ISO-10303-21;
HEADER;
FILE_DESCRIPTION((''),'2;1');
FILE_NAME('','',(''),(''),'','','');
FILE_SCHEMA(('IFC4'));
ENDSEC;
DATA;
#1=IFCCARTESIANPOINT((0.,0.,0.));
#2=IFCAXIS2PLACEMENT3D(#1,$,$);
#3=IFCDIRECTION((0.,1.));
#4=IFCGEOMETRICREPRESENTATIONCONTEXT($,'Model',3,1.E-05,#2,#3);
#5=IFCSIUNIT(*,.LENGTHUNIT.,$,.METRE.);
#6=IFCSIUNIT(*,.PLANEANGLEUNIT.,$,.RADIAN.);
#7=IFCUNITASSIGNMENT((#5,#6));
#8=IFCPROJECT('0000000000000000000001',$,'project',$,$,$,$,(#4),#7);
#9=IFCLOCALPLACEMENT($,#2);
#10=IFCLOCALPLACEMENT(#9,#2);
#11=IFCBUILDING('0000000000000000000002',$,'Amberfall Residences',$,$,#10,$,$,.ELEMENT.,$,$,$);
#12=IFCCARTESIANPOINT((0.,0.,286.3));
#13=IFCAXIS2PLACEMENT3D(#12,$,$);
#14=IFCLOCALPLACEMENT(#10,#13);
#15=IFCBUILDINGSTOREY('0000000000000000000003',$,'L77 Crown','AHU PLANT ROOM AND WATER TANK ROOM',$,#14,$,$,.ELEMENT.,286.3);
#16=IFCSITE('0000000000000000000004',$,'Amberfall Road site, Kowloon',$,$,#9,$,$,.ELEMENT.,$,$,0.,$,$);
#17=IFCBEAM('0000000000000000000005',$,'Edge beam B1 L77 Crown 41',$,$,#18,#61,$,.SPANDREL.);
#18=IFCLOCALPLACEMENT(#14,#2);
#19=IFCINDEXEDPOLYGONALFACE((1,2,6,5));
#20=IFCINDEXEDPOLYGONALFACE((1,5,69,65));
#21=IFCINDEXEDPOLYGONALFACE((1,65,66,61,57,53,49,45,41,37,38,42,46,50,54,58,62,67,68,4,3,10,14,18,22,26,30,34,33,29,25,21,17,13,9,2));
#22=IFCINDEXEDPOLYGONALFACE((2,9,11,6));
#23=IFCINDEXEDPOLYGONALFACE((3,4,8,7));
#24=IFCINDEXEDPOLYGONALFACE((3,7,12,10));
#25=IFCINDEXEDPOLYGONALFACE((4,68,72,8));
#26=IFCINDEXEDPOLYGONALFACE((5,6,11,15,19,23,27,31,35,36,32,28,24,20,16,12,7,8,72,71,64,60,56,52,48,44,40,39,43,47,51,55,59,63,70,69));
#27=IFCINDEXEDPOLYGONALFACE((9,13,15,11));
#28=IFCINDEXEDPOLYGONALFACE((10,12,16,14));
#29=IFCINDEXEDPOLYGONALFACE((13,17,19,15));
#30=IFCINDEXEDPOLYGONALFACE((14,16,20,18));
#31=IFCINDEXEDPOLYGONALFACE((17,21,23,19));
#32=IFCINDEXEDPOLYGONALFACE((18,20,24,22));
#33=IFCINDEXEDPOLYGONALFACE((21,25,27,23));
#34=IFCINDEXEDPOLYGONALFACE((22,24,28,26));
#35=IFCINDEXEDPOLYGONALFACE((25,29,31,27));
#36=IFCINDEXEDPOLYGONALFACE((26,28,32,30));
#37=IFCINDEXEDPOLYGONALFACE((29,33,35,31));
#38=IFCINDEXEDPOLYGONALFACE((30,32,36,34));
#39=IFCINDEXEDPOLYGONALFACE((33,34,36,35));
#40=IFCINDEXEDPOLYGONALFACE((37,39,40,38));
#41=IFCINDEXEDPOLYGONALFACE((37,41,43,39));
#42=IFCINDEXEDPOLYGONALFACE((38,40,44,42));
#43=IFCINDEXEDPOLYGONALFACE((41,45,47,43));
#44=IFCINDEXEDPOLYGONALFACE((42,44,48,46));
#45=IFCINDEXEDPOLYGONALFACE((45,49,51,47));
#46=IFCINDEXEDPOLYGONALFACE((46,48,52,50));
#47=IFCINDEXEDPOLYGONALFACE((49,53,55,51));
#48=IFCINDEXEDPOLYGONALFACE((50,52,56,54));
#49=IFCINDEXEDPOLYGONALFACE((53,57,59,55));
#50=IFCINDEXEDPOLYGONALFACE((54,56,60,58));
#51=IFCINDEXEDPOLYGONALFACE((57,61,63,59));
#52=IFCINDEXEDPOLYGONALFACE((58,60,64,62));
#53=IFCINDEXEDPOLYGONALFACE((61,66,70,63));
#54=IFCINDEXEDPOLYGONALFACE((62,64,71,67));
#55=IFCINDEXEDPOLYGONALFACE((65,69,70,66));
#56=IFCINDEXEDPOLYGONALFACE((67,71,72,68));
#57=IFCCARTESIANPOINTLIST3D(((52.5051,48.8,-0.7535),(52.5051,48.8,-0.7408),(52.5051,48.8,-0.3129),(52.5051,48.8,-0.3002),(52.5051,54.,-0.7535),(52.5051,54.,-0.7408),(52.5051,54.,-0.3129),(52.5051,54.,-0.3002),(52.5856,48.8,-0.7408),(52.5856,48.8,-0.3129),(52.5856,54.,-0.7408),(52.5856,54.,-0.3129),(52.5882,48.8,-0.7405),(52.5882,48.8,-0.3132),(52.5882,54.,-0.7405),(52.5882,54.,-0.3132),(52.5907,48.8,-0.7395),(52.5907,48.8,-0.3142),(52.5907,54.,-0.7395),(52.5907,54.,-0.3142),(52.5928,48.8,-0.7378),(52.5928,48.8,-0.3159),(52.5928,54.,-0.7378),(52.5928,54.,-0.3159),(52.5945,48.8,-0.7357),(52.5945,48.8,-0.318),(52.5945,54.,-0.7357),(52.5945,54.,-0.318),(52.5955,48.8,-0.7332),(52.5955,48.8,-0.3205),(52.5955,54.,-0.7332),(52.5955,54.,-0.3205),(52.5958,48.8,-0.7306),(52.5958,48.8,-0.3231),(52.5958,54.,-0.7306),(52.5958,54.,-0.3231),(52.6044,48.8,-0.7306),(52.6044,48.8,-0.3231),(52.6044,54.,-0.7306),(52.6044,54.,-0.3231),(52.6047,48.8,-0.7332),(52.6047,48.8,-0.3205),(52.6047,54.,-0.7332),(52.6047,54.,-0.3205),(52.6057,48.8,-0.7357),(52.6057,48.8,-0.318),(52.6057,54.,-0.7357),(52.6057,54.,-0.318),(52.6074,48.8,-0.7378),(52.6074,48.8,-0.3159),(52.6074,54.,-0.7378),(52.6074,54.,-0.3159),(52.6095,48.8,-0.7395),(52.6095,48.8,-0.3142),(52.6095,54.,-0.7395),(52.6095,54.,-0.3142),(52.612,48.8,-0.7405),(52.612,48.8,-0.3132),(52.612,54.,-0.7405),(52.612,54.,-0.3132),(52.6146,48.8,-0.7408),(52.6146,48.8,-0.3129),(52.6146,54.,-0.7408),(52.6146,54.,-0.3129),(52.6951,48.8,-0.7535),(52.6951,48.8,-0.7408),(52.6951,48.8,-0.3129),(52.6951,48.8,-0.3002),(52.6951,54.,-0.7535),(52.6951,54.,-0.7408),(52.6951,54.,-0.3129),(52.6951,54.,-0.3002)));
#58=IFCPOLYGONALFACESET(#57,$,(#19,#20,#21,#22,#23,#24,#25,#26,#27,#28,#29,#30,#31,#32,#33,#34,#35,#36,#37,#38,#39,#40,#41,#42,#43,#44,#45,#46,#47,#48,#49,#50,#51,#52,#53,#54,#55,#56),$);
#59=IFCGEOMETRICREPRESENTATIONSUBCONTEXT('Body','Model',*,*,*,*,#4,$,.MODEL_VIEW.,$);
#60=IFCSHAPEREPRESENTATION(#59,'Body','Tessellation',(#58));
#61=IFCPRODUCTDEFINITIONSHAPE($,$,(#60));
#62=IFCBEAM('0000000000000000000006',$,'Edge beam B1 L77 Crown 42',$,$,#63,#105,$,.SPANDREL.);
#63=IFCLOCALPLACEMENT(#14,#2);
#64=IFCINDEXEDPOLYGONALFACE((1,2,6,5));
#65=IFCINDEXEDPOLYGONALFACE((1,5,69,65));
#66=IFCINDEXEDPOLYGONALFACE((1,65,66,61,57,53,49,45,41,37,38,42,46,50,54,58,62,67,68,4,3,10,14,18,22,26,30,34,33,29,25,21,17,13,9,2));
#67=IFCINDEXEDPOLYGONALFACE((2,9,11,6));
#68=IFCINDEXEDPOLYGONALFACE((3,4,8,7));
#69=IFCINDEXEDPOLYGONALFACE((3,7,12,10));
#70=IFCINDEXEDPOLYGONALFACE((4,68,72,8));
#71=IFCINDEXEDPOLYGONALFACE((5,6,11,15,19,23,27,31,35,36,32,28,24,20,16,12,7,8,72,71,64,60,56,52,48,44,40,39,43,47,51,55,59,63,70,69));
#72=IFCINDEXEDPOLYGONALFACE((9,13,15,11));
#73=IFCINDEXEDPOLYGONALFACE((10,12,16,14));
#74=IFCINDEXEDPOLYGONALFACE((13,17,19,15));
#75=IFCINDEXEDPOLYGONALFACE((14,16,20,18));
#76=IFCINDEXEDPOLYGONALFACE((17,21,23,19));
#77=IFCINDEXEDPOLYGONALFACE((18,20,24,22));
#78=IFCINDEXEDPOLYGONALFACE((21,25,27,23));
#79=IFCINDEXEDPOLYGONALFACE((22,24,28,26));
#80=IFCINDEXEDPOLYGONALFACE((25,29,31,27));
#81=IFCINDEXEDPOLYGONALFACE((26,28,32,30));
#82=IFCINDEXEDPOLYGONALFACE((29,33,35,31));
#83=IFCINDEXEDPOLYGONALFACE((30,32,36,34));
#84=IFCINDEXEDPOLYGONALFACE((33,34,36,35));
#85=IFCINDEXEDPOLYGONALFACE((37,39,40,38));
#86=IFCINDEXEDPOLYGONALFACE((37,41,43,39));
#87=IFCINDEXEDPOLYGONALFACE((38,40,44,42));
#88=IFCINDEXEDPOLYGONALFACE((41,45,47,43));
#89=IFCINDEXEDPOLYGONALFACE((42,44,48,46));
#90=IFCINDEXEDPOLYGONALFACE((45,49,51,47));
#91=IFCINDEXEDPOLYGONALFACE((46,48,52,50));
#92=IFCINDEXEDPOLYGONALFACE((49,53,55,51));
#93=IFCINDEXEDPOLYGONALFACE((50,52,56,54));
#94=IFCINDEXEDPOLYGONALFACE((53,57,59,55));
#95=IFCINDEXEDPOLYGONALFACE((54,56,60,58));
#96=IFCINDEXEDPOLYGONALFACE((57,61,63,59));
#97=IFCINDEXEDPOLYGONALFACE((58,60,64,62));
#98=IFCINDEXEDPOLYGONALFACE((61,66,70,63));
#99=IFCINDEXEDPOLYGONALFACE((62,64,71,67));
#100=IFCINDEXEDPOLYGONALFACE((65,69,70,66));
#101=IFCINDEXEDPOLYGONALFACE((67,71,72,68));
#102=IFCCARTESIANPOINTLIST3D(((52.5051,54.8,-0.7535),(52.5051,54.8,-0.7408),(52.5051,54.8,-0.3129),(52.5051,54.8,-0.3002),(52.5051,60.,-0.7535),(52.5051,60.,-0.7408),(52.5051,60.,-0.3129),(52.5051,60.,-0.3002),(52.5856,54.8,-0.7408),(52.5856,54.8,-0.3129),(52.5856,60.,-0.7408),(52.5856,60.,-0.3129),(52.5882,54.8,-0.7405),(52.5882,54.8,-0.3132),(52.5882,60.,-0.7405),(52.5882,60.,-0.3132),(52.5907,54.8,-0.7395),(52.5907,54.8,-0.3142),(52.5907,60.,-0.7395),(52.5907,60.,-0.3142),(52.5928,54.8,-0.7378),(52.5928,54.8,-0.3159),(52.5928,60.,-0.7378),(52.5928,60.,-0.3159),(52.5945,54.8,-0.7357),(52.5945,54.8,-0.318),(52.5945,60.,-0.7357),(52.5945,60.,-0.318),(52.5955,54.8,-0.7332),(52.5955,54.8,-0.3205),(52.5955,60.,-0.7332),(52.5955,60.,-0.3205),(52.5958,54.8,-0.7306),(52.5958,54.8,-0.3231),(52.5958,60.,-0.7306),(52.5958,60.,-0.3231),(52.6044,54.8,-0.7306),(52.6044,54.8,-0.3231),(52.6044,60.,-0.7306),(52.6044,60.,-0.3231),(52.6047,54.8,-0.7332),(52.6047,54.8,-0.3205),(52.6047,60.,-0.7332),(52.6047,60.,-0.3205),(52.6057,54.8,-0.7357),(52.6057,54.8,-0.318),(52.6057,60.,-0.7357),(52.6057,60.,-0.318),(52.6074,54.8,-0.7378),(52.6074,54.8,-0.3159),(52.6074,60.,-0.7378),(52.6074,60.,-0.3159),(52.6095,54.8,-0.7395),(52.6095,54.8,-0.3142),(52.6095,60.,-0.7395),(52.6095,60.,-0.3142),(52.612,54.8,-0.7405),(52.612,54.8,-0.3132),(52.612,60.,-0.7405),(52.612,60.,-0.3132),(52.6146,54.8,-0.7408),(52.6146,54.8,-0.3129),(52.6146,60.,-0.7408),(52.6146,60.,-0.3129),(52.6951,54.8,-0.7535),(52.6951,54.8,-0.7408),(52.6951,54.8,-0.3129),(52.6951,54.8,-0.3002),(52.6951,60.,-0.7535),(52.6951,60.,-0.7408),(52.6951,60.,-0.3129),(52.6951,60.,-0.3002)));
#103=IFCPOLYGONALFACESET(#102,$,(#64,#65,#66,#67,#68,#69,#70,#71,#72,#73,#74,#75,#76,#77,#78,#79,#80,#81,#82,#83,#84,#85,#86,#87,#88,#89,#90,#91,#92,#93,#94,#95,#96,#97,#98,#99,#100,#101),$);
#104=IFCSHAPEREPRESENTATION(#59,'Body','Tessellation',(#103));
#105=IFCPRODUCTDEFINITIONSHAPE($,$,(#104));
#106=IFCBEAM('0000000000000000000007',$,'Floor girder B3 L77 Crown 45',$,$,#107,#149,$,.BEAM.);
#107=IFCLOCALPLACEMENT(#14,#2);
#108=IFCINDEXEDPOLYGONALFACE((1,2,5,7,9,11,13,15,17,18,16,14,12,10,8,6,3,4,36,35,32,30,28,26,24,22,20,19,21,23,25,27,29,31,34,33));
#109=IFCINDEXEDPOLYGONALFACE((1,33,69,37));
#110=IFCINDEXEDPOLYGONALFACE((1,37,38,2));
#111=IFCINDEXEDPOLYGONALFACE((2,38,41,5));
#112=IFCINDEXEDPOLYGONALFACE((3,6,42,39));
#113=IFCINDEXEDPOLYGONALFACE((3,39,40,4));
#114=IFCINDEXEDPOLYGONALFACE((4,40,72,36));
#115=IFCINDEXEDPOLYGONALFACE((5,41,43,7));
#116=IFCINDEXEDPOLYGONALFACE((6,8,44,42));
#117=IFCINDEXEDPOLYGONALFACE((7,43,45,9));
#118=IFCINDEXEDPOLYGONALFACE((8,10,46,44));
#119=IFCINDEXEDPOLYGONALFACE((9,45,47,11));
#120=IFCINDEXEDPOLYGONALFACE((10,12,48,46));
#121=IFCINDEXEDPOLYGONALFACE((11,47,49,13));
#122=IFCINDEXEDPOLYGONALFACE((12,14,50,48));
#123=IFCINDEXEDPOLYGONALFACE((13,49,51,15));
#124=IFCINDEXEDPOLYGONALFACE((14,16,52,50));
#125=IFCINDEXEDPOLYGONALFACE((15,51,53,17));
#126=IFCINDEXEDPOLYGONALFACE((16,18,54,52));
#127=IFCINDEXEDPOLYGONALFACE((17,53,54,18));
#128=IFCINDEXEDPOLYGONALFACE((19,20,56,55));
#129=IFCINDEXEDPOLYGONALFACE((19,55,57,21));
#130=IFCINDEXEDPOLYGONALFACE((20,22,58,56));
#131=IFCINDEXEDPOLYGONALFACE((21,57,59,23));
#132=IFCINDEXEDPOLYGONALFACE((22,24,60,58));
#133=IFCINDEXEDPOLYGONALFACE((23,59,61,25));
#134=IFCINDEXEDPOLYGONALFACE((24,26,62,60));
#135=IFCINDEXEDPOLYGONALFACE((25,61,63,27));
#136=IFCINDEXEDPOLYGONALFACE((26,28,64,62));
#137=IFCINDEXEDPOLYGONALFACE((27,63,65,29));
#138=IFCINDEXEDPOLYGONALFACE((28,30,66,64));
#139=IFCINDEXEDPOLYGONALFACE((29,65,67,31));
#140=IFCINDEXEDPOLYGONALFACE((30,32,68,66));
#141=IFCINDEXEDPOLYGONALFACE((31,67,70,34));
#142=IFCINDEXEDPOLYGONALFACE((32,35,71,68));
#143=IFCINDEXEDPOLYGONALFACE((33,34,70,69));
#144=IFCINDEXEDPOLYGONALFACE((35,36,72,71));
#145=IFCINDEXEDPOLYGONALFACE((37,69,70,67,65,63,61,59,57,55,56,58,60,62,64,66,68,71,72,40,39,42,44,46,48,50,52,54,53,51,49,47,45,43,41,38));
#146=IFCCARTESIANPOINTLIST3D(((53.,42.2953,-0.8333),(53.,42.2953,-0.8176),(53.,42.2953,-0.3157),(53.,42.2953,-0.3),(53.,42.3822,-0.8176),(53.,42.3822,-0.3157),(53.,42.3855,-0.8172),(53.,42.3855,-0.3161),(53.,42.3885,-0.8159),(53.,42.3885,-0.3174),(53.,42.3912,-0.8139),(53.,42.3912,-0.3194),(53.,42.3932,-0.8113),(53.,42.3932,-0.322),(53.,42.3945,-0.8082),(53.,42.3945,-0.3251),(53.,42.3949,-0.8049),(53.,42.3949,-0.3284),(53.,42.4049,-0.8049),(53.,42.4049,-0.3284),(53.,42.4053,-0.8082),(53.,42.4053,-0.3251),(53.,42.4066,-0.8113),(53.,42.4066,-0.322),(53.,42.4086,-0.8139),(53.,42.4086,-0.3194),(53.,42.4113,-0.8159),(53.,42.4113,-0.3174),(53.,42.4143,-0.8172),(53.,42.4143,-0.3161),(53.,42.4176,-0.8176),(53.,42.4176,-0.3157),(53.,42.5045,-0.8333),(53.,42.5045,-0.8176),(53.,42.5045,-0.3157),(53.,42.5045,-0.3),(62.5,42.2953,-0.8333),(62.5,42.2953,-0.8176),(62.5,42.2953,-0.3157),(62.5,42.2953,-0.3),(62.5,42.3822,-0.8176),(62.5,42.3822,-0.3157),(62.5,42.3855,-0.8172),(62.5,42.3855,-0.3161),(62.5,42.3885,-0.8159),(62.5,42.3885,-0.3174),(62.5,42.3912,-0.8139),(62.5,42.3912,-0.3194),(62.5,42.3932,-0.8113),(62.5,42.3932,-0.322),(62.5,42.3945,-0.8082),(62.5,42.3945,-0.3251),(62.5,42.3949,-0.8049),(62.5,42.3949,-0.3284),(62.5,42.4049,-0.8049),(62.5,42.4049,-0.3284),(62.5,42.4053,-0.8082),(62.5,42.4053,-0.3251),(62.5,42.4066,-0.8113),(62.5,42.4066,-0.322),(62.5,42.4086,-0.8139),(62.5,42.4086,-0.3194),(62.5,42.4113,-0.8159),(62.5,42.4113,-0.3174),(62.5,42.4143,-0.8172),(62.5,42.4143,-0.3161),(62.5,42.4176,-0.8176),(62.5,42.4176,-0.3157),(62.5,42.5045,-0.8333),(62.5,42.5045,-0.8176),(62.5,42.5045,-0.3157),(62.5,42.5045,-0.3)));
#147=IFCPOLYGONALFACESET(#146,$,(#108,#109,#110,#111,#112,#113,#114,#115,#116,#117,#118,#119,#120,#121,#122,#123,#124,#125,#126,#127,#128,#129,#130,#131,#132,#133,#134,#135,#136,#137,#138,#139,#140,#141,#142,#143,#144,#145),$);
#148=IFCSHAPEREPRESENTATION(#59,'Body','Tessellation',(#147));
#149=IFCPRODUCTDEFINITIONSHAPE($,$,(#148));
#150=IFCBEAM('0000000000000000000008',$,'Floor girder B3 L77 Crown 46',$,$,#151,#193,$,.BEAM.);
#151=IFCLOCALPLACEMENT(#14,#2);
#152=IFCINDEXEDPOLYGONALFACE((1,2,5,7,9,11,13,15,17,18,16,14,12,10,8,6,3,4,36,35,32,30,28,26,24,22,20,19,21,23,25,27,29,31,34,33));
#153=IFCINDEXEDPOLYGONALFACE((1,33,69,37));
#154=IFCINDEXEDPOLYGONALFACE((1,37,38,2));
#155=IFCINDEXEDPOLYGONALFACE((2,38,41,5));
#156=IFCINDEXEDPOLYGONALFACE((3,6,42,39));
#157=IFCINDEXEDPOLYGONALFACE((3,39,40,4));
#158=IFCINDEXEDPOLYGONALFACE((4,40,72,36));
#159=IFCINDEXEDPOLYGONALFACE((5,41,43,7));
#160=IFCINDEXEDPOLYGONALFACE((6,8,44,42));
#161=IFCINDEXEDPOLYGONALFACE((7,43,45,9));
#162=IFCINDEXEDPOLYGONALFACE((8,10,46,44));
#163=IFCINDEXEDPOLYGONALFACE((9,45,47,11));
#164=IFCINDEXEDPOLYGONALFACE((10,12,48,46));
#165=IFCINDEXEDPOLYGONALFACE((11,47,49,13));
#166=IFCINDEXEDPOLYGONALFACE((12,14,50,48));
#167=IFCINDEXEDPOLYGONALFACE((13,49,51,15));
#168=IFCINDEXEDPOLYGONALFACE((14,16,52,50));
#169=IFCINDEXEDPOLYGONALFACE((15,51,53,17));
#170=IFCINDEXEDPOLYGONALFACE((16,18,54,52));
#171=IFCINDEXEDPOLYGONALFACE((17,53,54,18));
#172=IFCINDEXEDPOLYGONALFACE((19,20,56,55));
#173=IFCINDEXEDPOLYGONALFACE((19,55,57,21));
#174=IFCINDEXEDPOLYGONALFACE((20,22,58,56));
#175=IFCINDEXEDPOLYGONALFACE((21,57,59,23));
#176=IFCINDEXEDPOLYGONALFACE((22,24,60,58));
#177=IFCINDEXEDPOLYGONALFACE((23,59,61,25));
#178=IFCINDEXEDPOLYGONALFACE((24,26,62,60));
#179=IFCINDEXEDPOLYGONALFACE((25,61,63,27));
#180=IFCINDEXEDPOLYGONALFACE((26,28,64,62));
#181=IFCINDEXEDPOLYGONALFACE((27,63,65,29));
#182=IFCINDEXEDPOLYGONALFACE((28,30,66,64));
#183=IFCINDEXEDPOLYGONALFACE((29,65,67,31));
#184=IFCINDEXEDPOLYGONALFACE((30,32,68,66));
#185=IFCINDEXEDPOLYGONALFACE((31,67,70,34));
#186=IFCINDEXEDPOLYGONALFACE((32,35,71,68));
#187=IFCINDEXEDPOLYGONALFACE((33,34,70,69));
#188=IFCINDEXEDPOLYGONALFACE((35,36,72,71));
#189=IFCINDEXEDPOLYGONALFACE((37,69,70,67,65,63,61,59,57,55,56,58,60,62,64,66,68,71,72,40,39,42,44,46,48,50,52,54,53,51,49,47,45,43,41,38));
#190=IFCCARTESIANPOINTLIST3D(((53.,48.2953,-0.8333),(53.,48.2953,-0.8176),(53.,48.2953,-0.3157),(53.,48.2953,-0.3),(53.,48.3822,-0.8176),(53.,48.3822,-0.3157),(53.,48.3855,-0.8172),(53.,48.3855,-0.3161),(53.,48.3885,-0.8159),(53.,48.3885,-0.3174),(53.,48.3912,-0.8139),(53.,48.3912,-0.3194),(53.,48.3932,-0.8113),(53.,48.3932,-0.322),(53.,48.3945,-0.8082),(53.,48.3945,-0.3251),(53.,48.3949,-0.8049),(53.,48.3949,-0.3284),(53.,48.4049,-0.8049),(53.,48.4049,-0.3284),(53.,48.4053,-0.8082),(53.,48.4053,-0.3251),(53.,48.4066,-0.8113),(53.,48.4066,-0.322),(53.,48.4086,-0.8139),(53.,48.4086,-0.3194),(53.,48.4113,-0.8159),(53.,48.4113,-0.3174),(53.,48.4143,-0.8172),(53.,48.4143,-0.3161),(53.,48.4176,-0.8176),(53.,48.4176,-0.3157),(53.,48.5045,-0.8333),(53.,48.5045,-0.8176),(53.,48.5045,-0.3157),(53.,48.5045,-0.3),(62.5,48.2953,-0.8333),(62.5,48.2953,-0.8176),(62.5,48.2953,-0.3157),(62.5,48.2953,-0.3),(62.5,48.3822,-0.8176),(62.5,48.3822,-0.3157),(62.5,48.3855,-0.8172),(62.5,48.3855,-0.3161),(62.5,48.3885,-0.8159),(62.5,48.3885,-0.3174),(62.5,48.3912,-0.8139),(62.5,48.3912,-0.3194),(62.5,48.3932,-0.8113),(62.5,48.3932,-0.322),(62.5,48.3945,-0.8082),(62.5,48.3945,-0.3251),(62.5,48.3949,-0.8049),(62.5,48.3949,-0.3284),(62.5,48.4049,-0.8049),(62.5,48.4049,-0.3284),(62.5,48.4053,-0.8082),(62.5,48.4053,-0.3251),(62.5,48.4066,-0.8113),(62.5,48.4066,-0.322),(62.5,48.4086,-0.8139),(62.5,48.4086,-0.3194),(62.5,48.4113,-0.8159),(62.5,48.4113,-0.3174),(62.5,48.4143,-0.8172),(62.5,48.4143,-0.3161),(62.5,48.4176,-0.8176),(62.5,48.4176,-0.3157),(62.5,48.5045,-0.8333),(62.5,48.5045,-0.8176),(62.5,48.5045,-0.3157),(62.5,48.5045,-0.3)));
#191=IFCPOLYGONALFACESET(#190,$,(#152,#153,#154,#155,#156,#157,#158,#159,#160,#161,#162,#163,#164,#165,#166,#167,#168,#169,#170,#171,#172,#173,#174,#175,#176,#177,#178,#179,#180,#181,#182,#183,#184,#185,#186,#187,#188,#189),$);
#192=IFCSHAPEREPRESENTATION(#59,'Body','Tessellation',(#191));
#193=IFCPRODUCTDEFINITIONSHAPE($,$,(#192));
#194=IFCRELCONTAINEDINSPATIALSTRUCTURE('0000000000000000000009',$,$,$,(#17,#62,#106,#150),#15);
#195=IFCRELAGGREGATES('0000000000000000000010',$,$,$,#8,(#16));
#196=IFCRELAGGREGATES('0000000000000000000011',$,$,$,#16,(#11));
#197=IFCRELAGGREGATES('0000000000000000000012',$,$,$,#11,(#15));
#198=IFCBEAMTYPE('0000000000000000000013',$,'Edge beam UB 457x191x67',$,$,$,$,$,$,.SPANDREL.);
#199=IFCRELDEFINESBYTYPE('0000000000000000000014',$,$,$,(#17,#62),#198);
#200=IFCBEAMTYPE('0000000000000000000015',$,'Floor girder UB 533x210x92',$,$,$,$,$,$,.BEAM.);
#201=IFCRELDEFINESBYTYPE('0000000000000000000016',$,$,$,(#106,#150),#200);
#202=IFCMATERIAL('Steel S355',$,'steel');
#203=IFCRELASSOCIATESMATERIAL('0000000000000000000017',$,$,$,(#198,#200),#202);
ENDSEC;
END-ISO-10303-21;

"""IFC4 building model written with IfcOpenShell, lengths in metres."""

from ifc_helpers import new_model, si_unit, direction, frame, origin, origin_2d, place, context, subcontext, project, spatial, i_section, extrude, material, material_profile, profile_set, type_object, element, save


model = new_model("IFC4")

# Units and contexts
model_context = context("Model", 3, precision=1e-05, world=origin(), true_north=direction((0.0, 1.0)))
body_context = subcontext(model_context, "Body", "Model", "MODEL_VIEW")
ifc_project = project(units=[si_unit("LENGTHUNIT", "METRE"), si_unit("PLANEANGLEUNIT", "RADIAN")], contexts=[model_context])

# Site, building, storey
site_placement = place(None, origin())
site = spatial("IfcSite", under=ifc_project, at=site_placement, Name="Amberfall Road site, Kowloon", CompositionType="ELEMENT", RefElevation=0.0)
building_placement = place(site_placement, origin())
building = spatial("IfcBuilding", under=site, at=building_placement, Name="Amberfall Residences", CompositionType="ELEMENT")
storey_placement = place(building_placement, frame((0.0, 0.0, 286.3)))
storey = spatial("IfcBuildingStorey", under=building, at=storey_placement, Name="L77 Crown", Description="AHU PLANT ROOM AND WATER TANK ROOM", CompositionType="ELEMENT", Elevation=286.3)

# Beams
ifc_material_1 = material(Name="Steel S355", Category="steel")
ifc_material_profile_1 = material_profile(ifc_material_1, i_section(OverallWidth=0.1899, OverallDepth=0.4534, WebThickness=0.0085, FlangeThickness=0.0127, FilletRadius=0.0103, at=origin_2d()), Name="UB 457x191x67")
ifc_profile_set_1 = profile_set([ifc_material_profile_1], Name="Steel S355")
beam_type_1 = type_object("IfcBeamType", Name="Edge beam UB 457x191x67", PredefinedType="SPANDREL", material=ifc_profile_set_1)
for number, where, z_axis, x_axis, name in (
    (1, (52.6001, 48.8, -0.5269), (0.0, 1.0, 0.0), (-1.0, 0.0, 0.0), "Edge beam B1 L77 Crown 41"),
    (2, (52.6001, 54.8, -0.5269), (0.0, 1.0, 0.0), (-1.0, 0.0, 0.0), "Edge beam B1 L77 Crown 42"),
):
    element("IfcBeam", number, at=place(storey_placement, frame(where, z_axis=z_axis, x_axis=x_axis)), inside=storey, type_object=beam_type_1, Name=name, PredefinedType="SPANDREL", context=body_context, shape_type="SweptSolid", body=[
        extrude(i_section(OverallWidth=0.1899, OverallDepth=0.4534, WebThickness=0.0085, FlangeThickness=0.0127, FilletRadius=0.0103, at=origin_2d()), origin(), (0.0, 0.0, 1.0), 5.2),
    ])
ifc_material_profile_2 = material_profile(ifc_material_1, i_section(OverallWidth=0.2092, OverallDepth=0.5332, WebThickness=0.01, FlangeThickness=0.0156, FilletRadius=0.0127, at=origin_2d()), Name="UB 533x210x92")
ifc_profile_set_2 = profile_set([ifc_material_profile_2], Name="Steel S355")
beam_type_2 = type_object("IfcBeamType", Name="Floor girder UB 533x210x92", PredefinedType="BEAM", material=ifc_profile_set_2)
for number, where, z_axis, x_axis, name in (
    (3, (53.0, 42.3999, -0.5667), (1.0, 0.0, 0.0), (0.0, 1.0, 0.0), "Floor girder B3 L77 Crown 45"),
    (4, (53.0, 48.3999, -0.5667), (1.0, 0.0, 0.0), (0.0, 1.0, 0.0), "Floor girder B3 L77 Crown 46"),
):
    element("IfcBeam", number, at=place(storey_placement, frame(where, z_axis=z_axis, x_axis=x_axis)), inside=storey, type_object=beam_type_2, Name=name, PredefinedType="BEAM", context=body_context, shape_type="SweptSolid", body=[
        extrude(i_section(OverallWidth=0.2092, OverallDepth=0.5332, WebThickness=0.01, FlangeThickness=0.0156, FilletRadius=0.0127, at=origin_2d()), origin(), (0.0, 0.0, 1.0), 9.5),
    ])

save(model, "model.ifc")
